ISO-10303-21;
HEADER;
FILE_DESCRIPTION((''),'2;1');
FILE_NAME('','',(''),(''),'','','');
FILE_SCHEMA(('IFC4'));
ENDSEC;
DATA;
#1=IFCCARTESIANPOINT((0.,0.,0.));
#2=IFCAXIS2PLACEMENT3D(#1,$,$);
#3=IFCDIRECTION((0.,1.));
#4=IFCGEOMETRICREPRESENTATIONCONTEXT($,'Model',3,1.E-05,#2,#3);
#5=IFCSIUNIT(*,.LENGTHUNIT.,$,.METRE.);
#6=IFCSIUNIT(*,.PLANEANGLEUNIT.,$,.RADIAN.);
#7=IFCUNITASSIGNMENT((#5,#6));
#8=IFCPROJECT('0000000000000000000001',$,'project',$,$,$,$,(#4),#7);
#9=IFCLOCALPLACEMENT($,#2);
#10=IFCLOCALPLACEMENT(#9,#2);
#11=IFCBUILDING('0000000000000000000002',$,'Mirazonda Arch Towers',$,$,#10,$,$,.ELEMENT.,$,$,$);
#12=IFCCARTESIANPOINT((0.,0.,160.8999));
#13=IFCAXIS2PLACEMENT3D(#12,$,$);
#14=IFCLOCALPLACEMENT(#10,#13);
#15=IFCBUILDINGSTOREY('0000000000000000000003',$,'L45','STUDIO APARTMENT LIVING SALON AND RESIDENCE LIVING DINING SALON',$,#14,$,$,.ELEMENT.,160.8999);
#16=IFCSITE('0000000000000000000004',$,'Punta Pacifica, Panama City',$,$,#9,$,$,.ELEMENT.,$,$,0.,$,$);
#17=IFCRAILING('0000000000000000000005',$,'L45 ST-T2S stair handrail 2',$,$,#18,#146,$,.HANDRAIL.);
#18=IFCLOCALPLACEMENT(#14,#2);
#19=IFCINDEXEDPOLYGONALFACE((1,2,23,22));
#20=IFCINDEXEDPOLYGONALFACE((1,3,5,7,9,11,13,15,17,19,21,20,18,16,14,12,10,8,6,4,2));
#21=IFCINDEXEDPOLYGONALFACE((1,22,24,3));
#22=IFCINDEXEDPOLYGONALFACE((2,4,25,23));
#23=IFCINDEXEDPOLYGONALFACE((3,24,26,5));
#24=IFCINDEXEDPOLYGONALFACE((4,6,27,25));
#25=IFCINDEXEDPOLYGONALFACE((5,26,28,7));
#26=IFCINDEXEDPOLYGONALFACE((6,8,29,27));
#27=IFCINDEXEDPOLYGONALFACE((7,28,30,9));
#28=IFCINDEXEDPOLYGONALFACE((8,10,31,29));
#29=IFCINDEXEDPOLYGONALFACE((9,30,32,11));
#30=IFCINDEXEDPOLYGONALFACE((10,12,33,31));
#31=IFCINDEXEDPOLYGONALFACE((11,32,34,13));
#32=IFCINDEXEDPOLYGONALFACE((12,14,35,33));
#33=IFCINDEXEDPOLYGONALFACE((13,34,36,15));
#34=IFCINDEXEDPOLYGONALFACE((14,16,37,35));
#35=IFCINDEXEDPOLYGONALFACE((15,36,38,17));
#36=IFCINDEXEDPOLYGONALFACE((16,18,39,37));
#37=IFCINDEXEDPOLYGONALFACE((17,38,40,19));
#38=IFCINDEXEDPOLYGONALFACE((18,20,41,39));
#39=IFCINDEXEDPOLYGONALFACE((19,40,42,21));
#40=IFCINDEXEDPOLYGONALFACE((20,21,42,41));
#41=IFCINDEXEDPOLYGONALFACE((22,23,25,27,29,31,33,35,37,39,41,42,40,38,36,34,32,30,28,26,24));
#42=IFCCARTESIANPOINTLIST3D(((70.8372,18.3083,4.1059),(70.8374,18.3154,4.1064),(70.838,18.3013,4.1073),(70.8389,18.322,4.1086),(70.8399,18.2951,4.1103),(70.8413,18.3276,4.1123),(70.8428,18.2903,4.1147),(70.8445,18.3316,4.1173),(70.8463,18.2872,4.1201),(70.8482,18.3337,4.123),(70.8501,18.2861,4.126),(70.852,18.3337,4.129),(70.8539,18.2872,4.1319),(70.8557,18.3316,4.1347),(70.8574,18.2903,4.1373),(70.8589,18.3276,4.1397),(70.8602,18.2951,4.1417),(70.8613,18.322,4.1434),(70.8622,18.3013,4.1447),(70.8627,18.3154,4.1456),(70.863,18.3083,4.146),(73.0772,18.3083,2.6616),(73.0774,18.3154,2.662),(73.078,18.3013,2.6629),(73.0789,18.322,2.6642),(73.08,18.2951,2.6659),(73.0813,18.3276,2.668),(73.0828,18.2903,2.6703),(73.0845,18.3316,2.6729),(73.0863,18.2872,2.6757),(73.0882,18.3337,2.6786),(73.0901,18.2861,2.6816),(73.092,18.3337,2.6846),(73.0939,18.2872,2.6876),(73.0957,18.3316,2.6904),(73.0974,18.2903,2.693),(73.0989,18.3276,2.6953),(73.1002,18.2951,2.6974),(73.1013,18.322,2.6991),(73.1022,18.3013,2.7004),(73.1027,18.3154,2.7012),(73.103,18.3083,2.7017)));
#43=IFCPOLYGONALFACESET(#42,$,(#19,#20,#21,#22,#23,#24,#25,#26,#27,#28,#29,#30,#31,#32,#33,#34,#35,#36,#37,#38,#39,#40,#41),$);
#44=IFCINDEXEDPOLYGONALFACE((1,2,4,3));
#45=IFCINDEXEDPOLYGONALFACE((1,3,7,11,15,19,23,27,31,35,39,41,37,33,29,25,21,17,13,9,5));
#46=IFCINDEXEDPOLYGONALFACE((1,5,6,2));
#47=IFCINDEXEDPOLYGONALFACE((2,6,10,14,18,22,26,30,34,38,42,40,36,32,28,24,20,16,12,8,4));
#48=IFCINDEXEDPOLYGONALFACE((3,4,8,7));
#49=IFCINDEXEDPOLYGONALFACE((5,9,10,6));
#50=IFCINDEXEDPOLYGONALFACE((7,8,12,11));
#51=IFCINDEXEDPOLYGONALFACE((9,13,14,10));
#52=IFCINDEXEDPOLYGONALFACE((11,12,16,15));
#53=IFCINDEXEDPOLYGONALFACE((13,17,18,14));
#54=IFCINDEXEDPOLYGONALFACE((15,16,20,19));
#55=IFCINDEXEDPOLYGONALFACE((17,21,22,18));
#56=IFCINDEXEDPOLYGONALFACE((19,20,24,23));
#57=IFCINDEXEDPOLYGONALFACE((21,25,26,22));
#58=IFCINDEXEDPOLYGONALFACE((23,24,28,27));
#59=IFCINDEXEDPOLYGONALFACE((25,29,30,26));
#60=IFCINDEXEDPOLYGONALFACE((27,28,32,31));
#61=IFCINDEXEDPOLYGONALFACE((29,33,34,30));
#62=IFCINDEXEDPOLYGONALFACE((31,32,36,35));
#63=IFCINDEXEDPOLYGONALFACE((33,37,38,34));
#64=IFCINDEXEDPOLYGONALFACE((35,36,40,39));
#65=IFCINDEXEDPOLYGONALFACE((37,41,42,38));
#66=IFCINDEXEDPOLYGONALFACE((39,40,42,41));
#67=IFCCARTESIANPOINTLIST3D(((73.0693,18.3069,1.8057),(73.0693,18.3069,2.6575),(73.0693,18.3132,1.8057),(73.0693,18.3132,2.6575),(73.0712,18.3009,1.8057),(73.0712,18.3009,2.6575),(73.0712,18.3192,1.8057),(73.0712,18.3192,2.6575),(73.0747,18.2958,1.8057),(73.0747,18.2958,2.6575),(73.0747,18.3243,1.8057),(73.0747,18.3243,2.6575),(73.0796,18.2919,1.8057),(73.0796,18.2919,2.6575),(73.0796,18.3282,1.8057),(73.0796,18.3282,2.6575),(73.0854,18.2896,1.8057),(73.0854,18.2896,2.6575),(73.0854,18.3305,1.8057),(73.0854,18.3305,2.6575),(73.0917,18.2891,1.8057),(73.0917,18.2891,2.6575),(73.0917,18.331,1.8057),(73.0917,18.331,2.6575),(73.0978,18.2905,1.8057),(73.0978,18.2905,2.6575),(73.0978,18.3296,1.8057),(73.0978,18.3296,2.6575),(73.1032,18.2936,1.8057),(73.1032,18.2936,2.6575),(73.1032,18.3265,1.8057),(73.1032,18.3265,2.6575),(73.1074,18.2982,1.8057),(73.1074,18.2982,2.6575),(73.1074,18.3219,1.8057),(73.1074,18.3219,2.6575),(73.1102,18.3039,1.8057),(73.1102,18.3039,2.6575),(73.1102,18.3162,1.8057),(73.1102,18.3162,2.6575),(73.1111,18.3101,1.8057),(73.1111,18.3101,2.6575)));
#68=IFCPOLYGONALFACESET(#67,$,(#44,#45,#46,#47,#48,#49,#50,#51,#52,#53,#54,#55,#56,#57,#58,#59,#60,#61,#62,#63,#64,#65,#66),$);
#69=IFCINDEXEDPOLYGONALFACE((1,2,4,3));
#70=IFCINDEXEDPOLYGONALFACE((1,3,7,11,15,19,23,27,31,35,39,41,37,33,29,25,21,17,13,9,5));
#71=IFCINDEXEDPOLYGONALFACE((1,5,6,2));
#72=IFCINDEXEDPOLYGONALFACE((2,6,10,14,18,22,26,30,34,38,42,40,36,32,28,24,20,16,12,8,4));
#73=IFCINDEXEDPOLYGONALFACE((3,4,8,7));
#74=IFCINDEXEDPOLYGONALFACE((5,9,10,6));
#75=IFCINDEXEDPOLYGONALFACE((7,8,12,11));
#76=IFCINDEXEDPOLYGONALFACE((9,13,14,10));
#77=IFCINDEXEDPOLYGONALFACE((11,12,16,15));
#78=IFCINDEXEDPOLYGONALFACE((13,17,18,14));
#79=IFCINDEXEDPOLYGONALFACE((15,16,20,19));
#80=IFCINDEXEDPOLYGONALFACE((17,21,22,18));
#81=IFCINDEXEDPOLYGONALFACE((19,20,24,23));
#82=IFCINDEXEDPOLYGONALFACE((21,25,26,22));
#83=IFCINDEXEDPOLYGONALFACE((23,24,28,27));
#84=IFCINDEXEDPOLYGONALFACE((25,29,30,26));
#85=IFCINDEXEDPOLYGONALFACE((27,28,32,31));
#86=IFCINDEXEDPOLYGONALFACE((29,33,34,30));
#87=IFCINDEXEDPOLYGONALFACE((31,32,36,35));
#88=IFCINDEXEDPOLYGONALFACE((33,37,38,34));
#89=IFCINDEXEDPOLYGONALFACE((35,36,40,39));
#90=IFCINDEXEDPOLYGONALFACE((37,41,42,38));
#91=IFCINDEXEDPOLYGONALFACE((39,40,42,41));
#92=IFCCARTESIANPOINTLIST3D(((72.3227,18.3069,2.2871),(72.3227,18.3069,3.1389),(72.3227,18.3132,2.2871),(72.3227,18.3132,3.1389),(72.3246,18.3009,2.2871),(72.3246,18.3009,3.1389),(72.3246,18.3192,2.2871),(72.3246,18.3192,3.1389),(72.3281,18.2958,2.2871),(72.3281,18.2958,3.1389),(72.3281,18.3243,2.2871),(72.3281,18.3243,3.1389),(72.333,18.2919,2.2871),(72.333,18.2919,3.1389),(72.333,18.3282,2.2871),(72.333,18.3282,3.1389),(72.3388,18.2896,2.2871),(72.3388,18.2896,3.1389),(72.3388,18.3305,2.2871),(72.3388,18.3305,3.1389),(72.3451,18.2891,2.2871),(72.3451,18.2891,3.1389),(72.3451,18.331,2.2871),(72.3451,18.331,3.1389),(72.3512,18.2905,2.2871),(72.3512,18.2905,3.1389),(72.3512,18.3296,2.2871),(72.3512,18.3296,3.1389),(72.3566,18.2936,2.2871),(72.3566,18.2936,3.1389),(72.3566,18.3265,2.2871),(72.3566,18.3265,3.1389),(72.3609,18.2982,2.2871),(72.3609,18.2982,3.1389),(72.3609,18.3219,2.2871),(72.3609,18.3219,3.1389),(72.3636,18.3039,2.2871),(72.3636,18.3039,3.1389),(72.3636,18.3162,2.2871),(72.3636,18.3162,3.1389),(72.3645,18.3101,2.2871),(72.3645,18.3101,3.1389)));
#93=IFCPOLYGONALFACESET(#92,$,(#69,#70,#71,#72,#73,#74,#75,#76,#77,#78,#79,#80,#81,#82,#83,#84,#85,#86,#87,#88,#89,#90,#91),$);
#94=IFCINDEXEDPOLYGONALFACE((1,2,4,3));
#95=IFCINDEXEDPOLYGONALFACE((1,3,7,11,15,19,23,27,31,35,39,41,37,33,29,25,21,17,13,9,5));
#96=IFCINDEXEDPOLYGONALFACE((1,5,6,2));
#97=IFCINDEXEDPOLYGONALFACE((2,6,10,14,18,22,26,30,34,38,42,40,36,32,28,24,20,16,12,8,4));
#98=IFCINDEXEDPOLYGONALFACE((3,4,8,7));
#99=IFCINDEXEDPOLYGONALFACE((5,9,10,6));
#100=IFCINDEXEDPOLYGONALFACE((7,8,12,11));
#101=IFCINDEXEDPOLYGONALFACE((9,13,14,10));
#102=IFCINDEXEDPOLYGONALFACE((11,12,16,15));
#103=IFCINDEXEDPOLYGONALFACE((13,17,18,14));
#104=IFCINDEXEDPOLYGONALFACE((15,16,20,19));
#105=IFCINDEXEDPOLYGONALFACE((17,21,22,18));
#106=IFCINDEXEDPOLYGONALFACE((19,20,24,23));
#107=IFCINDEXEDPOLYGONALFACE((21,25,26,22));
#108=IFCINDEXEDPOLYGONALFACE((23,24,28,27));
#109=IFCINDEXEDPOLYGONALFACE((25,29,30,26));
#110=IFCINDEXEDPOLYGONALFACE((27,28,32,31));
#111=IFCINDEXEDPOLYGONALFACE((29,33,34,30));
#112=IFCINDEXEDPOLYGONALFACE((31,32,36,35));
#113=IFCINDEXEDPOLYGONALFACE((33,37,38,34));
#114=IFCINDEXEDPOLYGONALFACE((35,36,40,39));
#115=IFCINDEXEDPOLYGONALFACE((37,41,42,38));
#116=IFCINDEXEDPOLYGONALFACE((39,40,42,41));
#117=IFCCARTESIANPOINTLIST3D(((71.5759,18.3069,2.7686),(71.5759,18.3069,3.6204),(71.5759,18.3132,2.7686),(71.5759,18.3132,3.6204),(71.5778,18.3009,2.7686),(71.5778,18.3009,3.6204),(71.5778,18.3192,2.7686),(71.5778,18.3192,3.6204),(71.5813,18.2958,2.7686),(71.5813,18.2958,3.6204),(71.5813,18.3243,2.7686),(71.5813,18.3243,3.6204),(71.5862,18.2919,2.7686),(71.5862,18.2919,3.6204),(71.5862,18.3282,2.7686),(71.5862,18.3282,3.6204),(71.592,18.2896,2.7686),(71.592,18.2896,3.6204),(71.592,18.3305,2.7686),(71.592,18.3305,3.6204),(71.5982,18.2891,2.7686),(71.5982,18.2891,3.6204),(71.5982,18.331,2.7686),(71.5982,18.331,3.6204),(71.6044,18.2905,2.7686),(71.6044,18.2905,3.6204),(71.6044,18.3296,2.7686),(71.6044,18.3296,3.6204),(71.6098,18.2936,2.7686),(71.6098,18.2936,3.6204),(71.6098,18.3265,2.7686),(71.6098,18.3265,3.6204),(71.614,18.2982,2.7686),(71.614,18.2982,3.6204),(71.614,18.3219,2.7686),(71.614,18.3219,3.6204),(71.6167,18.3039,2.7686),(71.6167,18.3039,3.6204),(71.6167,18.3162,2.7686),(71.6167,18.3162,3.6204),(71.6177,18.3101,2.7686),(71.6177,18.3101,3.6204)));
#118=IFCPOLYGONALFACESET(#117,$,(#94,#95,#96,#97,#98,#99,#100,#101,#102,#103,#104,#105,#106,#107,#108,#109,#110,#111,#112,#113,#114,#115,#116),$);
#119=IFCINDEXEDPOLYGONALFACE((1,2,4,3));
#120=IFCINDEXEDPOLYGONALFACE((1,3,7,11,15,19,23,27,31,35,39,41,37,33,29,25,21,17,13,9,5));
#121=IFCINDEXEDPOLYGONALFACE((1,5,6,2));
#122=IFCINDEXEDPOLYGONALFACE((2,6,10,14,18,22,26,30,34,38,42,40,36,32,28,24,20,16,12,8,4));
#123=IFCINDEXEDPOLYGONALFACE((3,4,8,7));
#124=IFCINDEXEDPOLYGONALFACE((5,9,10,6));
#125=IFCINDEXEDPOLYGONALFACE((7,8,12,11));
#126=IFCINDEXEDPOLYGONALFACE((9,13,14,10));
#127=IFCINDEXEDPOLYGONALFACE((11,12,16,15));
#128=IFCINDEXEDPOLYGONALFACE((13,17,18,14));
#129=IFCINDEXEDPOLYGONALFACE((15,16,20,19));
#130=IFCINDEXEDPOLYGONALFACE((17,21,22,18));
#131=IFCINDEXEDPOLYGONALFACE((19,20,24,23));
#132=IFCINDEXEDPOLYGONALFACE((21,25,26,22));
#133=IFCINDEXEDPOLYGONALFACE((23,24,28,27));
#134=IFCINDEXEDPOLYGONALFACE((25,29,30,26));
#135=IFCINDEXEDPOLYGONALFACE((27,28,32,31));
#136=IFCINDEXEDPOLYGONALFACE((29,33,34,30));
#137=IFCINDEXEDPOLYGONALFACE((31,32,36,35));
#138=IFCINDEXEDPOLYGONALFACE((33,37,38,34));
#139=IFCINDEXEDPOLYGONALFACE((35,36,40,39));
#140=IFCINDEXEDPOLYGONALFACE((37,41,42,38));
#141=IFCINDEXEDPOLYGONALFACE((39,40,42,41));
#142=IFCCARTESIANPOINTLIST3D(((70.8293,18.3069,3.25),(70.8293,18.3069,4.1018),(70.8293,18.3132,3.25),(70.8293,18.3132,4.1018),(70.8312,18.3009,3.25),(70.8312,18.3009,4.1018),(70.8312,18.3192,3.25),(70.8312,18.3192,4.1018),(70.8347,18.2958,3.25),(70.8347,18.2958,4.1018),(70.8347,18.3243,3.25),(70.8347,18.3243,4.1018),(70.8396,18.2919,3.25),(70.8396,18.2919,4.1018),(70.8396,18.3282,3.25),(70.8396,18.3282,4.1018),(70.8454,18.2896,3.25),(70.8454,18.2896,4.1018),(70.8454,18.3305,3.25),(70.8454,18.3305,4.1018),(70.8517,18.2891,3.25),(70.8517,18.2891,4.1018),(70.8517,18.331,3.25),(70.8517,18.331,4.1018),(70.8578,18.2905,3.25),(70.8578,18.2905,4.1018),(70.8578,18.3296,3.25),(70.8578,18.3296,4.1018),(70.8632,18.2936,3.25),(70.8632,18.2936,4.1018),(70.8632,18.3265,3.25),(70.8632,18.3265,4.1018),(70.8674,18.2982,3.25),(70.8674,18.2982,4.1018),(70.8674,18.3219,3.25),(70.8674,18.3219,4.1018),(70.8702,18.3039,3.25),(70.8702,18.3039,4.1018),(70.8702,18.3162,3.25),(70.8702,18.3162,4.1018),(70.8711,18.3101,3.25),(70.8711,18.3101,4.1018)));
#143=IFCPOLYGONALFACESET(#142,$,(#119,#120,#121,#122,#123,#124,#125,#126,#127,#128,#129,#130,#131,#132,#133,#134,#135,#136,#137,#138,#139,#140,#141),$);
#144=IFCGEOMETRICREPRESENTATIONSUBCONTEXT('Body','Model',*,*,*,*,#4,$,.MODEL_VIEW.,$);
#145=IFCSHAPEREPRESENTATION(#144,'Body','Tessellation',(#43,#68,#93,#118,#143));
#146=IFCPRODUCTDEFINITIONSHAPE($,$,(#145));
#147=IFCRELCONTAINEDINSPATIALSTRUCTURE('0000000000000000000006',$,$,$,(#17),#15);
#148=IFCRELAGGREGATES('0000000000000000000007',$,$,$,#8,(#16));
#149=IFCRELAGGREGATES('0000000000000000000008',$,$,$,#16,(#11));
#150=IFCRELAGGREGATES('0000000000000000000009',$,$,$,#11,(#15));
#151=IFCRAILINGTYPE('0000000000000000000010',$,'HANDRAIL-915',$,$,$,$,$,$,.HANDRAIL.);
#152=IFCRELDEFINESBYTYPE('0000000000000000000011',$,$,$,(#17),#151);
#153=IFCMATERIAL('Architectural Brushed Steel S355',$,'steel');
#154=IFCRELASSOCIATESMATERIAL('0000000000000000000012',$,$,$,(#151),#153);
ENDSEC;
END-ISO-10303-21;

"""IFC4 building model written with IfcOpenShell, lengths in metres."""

from ifc_helpers import new_model, si_unit, direction, frame, origin, origin_2d, place, context, subcontext, project, spatial, circle, extrude, material, type_object, element, save


model = new_model("IFC4")

# Units and contexts
model_context = context("Model", 3, precision=1e-05, world=origin(), true_north=direction((0.0, 1.0)))
body_context = subcontext(model_context, "Body", "Model", "MODEL_VIEW")
ifc_project = project(units=[si_unit("LENGTHUNIT", "METRE"), si_unit("PLANEANGLEUNIT", "RADIAN")], contexts=[model_context])

# Site, building, storey
site_placement = place(None, origin())
site = spatial("IfcSite", under=ifc_project, at=site_placement, Name="Punta Pacifica, Panama City", CompositionType="ELEMENT", RefElevation=0.0)
building_placement = place(site_placement, origin())
building = spatial("IfcBuilding", under=site, at=building_placement, Name="Mirazonda Arch Towers", CompositionType="ELEMENT")
storey_placement = place(building_placement, frame((0.0, 0.0, 160.8999)))
storey = spatial("IfcBuildingStorey", under=building, at=storey_placement, Name="L45", Description="STUDIO APARTMENT LIVING SALON AND RESIDENCE LIVING DINING SALON", CompositionType="ELEMENT", Elevation=160.8999)

# Railing
ifc_material_1 = material(Name="Architectural Brushed Steel S355", Category="steel")
railing_type_1 = type_object("IfcRailingType", Name="HANDRAIL-915", PredefinedType="HANDRAIL", material=ifc_material_1)
railing_1_placement = place(storey_placement, frame((73.0901, 18.3101, 1.8057)))
element("IfcRailing", 1, at=railing_1_placement, inside=storey, type_object=railing_type_1, Name="L45 ST-T2S stair handrail 2", PredefinedType="HANDRAIL", context=body_context, shape_type="SweptSolid", body=[
    extrude(circle(Radius=0.0239, at=origin_2d()), frame((0.0, 0.0, 0.876), z_axis=(-0.840437, 0.0, 0.54191), x_axis=(0.0, -1.0, 0.0)), (0.0, 0.0, 1.0), 2.6653),
    extrude(circle(Radius=0.021, at=origin_2d()), origin(), (0.0, 0.0, 1.0), 0.8518),
    extrude(circle(Radius=0.021, at=origin_2d()), frame((-0.7466, 0.0, 0.4814)), (0.0, 0.0, 1.0), 0.8518),
    extrude(circle(Radius=0.021, at=origin_2d()), frame((-1.4934, 0.0, 0.9629)), (0.0, 0.0, 1.0), 0.8518),
    extrude(circle(Radius=0.021, at=origin_2d()), frame((-2.24, 0.0, 1.4443)), (0.0, 0.0, 1.0), 0.8518),
])

save(model, "model.ifc")
